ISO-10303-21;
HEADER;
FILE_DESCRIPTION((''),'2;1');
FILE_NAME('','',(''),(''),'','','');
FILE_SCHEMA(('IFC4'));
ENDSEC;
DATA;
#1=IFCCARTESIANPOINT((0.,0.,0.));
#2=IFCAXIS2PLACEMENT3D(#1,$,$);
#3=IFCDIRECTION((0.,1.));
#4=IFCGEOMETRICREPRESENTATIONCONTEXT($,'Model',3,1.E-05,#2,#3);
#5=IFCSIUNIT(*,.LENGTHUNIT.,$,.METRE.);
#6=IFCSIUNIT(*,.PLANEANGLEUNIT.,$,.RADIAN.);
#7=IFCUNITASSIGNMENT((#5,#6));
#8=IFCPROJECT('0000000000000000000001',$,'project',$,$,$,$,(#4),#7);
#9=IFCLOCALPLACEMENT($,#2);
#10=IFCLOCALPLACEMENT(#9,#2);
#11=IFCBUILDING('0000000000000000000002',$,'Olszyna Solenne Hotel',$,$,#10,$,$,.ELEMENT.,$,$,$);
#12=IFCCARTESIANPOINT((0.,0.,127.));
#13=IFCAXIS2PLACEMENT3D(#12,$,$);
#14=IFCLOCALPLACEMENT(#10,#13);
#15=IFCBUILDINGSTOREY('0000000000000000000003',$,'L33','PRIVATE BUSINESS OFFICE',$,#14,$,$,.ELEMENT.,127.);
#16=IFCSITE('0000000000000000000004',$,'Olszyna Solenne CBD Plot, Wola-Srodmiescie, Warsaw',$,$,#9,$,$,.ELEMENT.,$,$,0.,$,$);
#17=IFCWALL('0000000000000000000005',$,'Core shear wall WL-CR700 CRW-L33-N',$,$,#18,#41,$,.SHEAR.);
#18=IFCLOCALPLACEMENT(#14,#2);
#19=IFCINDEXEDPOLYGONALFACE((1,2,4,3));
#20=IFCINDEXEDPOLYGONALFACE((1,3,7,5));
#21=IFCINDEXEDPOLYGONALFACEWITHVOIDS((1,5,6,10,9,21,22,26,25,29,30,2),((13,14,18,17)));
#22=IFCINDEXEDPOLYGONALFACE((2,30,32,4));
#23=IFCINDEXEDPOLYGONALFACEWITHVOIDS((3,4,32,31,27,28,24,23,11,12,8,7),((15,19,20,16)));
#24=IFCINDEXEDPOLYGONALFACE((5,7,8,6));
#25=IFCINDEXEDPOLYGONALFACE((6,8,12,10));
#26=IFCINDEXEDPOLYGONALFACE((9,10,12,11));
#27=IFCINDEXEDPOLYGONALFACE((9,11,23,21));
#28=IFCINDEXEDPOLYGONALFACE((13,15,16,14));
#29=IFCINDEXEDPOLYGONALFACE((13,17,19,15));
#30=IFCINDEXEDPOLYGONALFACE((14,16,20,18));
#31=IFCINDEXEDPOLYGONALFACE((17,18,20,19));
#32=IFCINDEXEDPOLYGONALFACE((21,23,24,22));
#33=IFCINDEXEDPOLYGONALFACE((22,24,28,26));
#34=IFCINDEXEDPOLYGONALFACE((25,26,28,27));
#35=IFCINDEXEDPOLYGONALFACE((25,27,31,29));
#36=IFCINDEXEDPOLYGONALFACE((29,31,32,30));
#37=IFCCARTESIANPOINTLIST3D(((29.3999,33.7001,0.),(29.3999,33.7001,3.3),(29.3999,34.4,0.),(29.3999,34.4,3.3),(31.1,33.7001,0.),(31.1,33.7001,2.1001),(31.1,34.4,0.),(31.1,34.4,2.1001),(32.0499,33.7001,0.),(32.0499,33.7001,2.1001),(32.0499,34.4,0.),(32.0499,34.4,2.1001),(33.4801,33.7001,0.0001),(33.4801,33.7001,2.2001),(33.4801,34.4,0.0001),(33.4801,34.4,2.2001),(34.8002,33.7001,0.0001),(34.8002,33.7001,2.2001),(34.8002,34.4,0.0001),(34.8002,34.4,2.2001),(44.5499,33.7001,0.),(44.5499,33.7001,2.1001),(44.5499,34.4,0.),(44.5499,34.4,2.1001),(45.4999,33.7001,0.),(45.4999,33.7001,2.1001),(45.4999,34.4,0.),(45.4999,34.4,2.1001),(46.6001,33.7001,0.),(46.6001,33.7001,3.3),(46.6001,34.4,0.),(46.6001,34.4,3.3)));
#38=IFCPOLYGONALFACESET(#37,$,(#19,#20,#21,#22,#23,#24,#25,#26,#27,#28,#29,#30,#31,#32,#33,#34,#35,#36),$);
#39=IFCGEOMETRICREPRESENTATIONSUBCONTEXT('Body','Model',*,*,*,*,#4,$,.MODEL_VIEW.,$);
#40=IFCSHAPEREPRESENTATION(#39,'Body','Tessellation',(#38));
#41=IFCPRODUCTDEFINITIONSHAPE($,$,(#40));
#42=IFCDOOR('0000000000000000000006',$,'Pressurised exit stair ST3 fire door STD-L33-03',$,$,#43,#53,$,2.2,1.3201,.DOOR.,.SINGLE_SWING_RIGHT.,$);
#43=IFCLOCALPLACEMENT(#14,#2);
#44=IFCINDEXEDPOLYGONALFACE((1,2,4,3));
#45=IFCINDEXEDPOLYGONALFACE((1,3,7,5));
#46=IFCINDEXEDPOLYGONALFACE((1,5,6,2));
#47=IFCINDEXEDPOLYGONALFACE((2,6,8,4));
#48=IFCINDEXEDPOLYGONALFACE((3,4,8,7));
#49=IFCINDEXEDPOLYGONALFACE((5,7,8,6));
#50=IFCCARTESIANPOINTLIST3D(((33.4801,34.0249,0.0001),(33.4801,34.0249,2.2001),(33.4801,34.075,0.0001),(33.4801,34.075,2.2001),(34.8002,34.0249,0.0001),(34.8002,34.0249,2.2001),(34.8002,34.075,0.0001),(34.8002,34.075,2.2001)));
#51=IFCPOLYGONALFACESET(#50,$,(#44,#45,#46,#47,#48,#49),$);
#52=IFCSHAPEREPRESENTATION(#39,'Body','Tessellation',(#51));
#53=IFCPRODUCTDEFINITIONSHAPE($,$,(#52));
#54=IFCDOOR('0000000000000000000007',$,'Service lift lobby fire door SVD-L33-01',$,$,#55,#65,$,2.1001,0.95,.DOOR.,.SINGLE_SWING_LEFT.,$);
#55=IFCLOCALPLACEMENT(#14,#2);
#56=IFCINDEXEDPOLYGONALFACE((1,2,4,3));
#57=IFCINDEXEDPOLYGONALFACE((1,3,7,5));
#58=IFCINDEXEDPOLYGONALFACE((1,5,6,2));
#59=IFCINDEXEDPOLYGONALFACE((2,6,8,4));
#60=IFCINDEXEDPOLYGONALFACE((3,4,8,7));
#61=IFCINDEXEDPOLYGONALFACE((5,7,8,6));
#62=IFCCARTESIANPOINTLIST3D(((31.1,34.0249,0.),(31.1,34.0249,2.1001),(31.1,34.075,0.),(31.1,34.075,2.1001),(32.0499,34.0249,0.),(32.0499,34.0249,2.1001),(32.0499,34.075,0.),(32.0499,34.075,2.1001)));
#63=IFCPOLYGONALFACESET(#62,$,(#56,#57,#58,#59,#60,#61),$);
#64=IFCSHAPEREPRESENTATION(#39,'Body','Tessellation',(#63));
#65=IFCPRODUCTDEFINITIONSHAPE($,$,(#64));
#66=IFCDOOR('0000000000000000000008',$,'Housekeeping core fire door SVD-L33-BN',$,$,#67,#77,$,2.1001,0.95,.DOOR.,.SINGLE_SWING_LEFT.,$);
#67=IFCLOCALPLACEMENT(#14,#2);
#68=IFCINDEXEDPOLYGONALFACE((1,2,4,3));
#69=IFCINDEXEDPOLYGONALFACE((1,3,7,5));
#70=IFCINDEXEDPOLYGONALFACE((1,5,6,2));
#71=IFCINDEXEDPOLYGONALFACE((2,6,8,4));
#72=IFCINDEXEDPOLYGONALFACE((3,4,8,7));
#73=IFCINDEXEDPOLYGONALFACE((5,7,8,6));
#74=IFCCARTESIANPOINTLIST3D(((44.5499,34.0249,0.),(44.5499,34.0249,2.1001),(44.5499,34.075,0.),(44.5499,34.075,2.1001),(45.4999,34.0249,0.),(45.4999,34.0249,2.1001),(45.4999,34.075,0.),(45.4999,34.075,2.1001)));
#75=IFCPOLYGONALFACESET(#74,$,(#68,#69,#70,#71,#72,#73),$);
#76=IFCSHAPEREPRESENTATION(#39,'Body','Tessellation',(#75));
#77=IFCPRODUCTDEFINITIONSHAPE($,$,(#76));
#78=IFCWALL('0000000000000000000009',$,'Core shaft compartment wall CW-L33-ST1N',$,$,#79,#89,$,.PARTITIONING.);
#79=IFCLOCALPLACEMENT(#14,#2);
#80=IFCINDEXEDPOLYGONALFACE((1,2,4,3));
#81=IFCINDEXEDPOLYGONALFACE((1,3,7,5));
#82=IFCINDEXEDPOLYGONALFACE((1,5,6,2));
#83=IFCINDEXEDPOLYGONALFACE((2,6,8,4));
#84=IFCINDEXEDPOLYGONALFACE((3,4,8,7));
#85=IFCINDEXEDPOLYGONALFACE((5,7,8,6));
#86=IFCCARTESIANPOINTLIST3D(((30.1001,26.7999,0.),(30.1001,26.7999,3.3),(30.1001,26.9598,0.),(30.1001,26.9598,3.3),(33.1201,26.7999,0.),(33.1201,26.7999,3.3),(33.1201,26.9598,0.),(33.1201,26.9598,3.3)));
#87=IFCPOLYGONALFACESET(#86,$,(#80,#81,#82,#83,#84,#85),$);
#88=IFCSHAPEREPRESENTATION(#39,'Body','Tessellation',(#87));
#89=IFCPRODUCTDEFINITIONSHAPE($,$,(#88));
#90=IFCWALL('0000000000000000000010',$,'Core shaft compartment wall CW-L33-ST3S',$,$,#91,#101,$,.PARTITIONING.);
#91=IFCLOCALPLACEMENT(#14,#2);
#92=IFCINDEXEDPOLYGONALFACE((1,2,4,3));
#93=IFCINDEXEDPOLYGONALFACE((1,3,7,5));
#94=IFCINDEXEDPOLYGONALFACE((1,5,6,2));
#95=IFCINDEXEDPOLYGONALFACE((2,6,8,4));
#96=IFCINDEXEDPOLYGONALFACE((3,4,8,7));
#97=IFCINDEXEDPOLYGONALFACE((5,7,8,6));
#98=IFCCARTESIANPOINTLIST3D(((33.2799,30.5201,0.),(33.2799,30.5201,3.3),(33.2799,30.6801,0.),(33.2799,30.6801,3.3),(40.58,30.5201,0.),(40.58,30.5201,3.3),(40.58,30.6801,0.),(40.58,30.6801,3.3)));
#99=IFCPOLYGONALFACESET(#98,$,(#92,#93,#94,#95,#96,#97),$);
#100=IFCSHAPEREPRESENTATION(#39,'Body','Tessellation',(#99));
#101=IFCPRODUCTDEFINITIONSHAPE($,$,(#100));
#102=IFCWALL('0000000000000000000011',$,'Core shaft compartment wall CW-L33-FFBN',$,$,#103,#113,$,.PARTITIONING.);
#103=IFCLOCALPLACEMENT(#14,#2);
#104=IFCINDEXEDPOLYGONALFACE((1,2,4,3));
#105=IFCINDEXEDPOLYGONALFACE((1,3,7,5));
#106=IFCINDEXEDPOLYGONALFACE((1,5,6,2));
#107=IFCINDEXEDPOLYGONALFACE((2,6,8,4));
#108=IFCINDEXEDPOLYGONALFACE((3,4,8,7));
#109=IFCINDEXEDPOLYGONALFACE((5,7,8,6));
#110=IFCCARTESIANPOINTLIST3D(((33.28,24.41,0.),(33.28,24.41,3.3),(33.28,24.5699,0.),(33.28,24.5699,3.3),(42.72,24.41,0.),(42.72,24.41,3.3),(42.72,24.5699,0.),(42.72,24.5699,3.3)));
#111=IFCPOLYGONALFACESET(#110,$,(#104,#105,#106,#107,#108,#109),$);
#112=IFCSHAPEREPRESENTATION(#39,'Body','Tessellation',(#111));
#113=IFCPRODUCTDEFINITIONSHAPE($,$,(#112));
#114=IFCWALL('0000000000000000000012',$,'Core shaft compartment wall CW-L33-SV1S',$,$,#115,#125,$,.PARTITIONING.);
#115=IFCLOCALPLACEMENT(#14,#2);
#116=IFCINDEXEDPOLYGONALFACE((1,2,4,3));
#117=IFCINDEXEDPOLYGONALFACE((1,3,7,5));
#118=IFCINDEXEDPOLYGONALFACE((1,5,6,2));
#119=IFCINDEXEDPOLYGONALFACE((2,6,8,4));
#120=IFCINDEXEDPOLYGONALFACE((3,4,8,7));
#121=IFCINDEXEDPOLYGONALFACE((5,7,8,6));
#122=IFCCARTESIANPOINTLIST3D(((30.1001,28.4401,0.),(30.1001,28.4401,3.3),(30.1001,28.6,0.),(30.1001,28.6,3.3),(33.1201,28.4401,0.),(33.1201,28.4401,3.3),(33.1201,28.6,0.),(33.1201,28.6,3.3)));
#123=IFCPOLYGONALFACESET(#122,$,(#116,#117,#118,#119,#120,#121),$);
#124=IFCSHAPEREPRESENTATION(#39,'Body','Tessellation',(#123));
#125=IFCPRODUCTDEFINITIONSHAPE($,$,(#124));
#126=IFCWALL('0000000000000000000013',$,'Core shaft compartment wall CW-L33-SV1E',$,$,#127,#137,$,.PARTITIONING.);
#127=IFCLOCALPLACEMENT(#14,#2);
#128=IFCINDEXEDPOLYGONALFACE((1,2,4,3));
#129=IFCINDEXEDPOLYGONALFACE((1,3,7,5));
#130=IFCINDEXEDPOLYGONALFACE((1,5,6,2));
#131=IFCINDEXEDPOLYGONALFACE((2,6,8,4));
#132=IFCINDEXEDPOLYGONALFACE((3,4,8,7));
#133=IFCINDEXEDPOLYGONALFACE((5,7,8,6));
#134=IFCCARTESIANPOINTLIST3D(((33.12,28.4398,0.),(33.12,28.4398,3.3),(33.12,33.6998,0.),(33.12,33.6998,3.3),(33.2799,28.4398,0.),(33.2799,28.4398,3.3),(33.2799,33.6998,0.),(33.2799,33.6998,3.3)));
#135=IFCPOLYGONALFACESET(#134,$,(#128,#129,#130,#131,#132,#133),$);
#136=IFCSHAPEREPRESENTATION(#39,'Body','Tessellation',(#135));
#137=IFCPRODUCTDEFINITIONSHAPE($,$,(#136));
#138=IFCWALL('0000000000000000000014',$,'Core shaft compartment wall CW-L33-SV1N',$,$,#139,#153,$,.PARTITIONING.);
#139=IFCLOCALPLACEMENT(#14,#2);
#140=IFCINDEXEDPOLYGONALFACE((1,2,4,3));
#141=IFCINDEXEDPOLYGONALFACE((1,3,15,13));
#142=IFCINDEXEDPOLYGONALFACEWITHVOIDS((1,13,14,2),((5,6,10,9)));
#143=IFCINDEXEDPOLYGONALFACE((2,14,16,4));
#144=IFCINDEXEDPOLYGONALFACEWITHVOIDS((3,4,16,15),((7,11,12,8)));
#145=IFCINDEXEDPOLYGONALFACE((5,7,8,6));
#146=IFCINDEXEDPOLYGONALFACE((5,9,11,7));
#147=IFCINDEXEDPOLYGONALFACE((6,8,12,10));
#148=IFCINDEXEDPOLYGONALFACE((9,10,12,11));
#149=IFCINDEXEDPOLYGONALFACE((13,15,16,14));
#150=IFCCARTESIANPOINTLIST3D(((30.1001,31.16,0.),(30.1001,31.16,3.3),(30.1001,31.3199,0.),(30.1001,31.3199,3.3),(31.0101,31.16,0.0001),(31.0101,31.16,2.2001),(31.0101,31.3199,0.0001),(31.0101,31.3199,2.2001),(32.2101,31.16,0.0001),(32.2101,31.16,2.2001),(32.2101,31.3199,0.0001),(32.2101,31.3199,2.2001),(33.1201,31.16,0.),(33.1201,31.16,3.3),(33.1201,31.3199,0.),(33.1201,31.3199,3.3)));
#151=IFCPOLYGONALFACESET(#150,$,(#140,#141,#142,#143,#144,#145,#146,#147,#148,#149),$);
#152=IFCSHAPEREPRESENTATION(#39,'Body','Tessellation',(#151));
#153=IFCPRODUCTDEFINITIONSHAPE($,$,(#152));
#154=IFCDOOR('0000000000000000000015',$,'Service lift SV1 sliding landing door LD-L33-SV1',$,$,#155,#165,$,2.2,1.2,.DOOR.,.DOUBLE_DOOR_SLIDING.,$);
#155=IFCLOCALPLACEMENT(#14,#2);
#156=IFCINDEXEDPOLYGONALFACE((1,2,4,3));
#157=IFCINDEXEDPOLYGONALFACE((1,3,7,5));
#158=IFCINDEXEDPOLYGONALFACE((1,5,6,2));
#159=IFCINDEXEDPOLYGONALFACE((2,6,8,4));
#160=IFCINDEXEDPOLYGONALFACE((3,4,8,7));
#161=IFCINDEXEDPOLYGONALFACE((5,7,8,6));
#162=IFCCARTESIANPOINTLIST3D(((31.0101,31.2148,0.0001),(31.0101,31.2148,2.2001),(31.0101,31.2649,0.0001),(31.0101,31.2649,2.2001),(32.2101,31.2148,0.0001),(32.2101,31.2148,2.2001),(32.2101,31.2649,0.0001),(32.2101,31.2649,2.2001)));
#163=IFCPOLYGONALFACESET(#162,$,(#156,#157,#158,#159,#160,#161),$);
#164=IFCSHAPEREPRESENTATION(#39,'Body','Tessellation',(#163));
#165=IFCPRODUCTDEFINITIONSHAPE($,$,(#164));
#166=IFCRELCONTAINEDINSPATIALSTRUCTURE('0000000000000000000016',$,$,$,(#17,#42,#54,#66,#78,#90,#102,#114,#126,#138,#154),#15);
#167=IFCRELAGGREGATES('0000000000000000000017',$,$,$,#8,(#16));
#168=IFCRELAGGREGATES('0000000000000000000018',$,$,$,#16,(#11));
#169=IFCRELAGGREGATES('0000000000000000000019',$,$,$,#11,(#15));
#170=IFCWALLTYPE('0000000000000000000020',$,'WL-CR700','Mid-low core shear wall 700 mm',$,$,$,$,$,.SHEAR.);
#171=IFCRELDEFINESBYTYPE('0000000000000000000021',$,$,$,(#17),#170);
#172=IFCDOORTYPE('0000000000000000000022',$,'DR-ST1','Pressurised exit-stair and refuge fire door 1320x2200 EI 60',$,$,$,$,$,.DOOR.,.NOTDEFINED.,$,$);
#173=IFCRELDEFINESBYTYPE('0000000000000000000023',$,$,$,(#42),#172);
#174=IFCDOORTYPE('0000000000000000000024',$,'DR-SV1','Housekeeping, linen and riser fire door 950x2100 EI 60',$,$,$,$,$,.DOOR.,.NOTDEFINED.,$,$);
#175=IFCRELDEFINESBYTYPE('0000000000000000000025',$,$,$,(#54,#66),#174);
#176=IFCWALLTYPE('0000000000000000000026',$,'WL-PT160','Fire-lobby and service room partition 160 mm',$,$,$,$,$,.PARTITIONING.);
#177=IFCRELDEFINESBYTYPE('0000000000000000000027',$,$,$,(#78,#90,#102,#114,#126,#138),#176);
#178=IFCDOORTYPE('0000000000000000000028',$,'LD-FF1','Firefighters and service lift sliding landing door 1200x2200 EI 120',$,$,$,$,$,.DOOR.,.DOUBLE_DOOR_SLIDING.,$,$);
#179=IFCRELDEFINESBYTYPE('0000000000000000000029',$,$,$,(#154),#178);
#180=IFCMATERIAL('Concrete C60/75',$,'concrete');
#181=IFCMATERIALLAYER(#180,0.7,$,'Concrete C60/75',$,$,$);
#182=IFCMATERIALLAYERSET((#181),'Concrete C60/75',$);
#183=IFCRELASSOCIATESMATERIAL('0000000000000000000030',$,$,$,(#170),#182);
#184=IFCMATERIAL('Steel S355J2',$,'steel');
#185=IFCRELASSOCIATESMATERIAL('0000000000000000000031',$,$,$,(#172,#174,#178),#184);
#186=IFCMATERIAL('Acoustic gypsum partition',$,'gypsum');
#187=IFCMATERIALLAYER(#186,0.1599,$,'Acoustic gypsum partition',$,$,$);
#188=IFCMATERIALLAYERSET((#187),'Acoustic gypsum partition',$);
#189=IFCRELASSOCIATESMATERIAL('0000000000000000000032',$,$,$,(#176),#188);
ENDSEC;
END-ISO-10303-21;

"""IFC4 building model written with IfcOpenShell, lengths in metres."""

from ifc_helpers import new_model, si_unit, direction, frame, frame_2d, origin, place, context, subcontext, project, spatial, rectangle, extrude, source, transform, mapped, material, layer, layer_set, type_object, type_shapes, element, fill, save


model = new_model("IFC4")

# Units and contexts
model_context = context("Model", 3, precision=1e-05, world=origin(), true_north=direction((0.0, 1.0)))
body_context = subcontext(model_context, "Body", "Model", "MODEL_VIEW")
ifc_project = project(units=[si_unit("LENGTHUNIT", "METRE"), si_unit("PLANEANGLEUNIT", "RADIAN")], contexts=[model_context])

# Site, building, storey
site_placement = place(None, origin())
site = spatial("IfcSite", under=ifc_project, at=site_placement, Name="Olszyna Solenne CBD Plot, Wola-Srodmiescie, Warsaw", CompositionType="ELEMENT", RefElevation=0.0)
building_placement = place(site_placement, origin())
building = spatial("IfcBuilding", under=site, at=building_placement, Name="Olszyna Solenne Hotel", CompositionType="ELEMENT")
storey_placement = place(building_placement, frame((0.0, 0.0, 127.0)))
storey = spatial("IfcBuildingStorey", under=building, at=storey_placement, Name="L33", Description="PRIVATE BUSINESS OFFICE", CompositionType="ELEMENT", Elevation=127.0)

# Wall, openings, doors
ifc_material_1 = material(Name="Concrete C60/75", Category="concrete")
ifc_layer_1 = layer(ifc_material_1, 0.7, Name="Concrete C60/75")
ifc_layer_set_1 = layer_set([ifc_layer_1], Name="Concrete C60/75")
wall_type_1 = type_object("IfcWallType", Name="WL-CR700", Description="Mid-low core shear wall 700 mm", PredefinedType="SHEAR", material=ifc_layer_set_1)
wall_1_placement = place(storey_placement, frame((29.3999, 34.05, 0.0), z_axis=(0.0, 0.0, 1.0), x_axis=(1.0, 0.0, 0.0)))
wall_1 = element("IfcWall", 1, at=wall_1_placement, inside=storey, type_object=wall_type_1, Name="Core shear wall WL-CR700 CRW-L33-N", PredefinedType="SHEAR", context=body_context, shape_type="SweptSolid", body=[
    extrude(rectangle(XDim=17.2002, YDim=0.7, at=frame_2d((8.6001, 0.0))), origin(), (0.0, 0.0, 1.0), 3.3),
])
opening_1_placement = place(wall_1_placement, frame((1.7, 0.0, 0.0)))
opening_1 = element("IfcOpeningElement", 2, at=opening_1_placement, cuts=wall_1, PredefinedType="OPENING", context=body_context, shape_type="SweptSolid", body=[
    extrude(rectangle(XDim=0.95, YDim=2.1001, at=frame_2d((0.4751, 1.05))), frame((0.0, 0.3599, 0.0), z_axis=(0.0, -1.0, 0.0), x_axis=(1.0, 0.0, 0.0)), (0.0, 0.0, 1.0), 0.72),
])
opening_2_placement = place(wall_1_placement, frame((4.0801, 0.0, 0.0)))
opening_2 = element("IfcOpeningElement", 3, at=opening_2_placement, cuts=wall_1, PredefinedType="OPENING", context=body_context, shape_type="SweptSolid", body=[
    extrude(rectangle(XDim=1.3201, YDim=2.2, at=frame_2d((0.6602, 1.1001))), frame((0.0, 0.3599, 0.0), z_axis=(0.0, -1.0, 0.0), x_axis=(1.0, 0.0, 0.0)), (0.0, 0.0, 1.0), 0.72),
])
opening_3_placement = place(wall_1_placement, frame((15.1499, 0.0, 0.0)))
opening_3 = element("IfcOpeningElement", 4, at=opening_3_placement, cuts=wall_1, PredefinedType="OPENING", context=body_context, shape_type="SweptSolid", body=[
    extrude(rectangle(XDim=0.95, YDim=2.1001, at=frame_2d((0.4751, 1.05))), frame((0.0, 0.3599, 0.0), z_axis=(0.0, -1.0, 0.0), x_axis=(1.0, 0.0, 0.0)), (0.0, 0.0, 1.0), 0.72),
])
ifc_material_2 = material(Name="Steel S355J2", Category="steel")
door_type_1 = type_object("IfcDoorType", Name="DR-ST1", Description="Pressurised exit-stair and refuge fire door 1320x2200 EI 60", OperationType="NOTDEFINED", PredefinedType="DOOR", material=ifc_material_2)
shared_shape_1 = source(origin(), body_context, "Body", "SweptSolid", [
    extrude(rectangle(XDim=1.3201, YDim=2.2, at=frame_2d((0.6602, 1.1001))), frame((0.0, 0.0249, 0.0), z_axis=(0.0, -1.0, 0.0), x_axis=(1.0, 0.0, 0.0)), (0.0, 0.0, 1.0), 0.05),
])
type_shapes(door_type_1, [shared_shape_1])
door_1_placement = place(opening_2_placement, origin())
door_1 = element("IfcDoor", 5, at=door_1_placement, inside=storey, type_object=door_type_1, Name="Pressurised exit stair ST3 fire door STD-L33-03", OperationType="SINGLE_SWING_RIGHT", OverallHeight=2.2, OverallWidth=1.3201, PredefinedType="DOOR", context=body_context, shape_type="MappedRepresentation", body=[
    mapped(shared_shape_1, transform((0.0, 0.0, 0.0), x_axis=(1.0, 0.0, 0.0), y_axis=(0.0, 1.0, 0.0), z_axis=(0.0, 0.0, 1.0), scale=1.0)),
])
fill(opening_2, door_1)
door_type_2 = type_object("IfcDoorType", Name="DR-SV1", Description="Housekeeping, linen and riser fire door 950x2100 EI 60", OperationType="NOTDEFINED", PredefinedType="DOOR", material=ifc_material_2)
shared_shape_2 = source(origin(), body_context, "Body", "SweptSolid", [
    extrude(rectangle(XDim=0.95, YDim=2.1001, at=frame_2d((0.4751, 1.05))), frame((0.0, 0.0249, 0.0), z_axis=(0.0, -1.0, 0.0), x_axis=(1.0, 0.0, 0.0)), (0.0, 0.0, 1.0), 0.05),
])
type_shapes(door_type_2, [shared_shape_2])
door_2_placement = place(opening_1_placement, origin())
door_2 = element("IfcDoor", 6, at=door_2_placement, inside=storey, type_object=door_type_2, Name="Service lift lobby fire door SVD-L33-01", OperationType="SINGLE_SWING_LEFT", OverallHeight=2.1001, OverallWidth=0.95, PredefinedType="DOOR", context=body_context, shape_type="MappedRepresentation", body=[
    mapped(shared_shape_2, transform((0.0, 0.0, 0.0), x_axis=(1.0, 0.0, 0.0), y_axis=(0.0, 1.0, 0.0), z_axis=(0.0, 0.0, 1.0), scale=1.0)),
])
fill(opening_1, door_2)
door_3_placement = place(opening_3_placement, origin())
door_3 = element("IfcDoor", 7, at=door_3_placement, inside=storey, type_object=door_type_2, Name="Housekeeping core fire door SVD-L33-BN", OperationType="SINGLE_SWING_LEFT", OverallHeight=2.1001, OverallWidth=0.95, PredefinedType="DOOR", context=body_context, shape_type="MappedRepresentation", body=[
    mapped(shared_shape_2, transform((0.0, 0.0, 0.0), x_axis=(1.0, 0.0, 0.0), y_axis=(0.0, 1.0, 0.0), z_axis=(0.0, 0.0, 1.0), scale=1.0)),
])
fill(opening_3, door_3)

# Walls
ifc_material_3 = material(Name="Acoustic gypsum partition", Category="gypsum")
ifc_layer_2 = layer(ifc_material_3, 0.1599, Name="Acoustic gypsum partition")
ifc_layer_set_2 = layer_set([ifc_layer_2], Name="Acoustic gypsum partition")
wall_type_2 = type_object("IfcWallType", Name="WL-PT160", Description="Fire-lobby and service room partition 160 mm", PredefinedType="PARTITIONING", material=ifc_layer_set_2)
wall_2_placement = place(storey_placement, frame((30.1001, 26.8799, 0.0), z_axis=(0.0, 0.0, 1.0), x_axis=(1.0, 0.0, 0.0)))
element("IfcWall", 8, at=wall_2_placement, inside=storey, type_object=wall_type_2, Name="Core shaft compartment wall CW-L33-ST1N", PredefinedType="PARTITIONING", context=body_context, shape_type="SweptSolid", body=[
    extrude(rectangle(XDim=3.02, YDim=0.1599, at=frame_2d((1.51, 0.0))), origin(), (0.0, 0.0, 1.0), 3.3),
])
wall_3_placement = place(storey_placement, frame((33.28, 30.6001, 0.0), z_axis=(0.0, 0.0, 1.0), x_axis=(1.0, 0.0, 0.0)))
element("IfcWall", 9, at=wall_3_placement, inside=storey, type_object=wall_type_2, Name="Core shaft compartment wall CW-L33-ST3S", PredefinedType="PARTITIONING", context=body_context, shape_type="SweptSolid", body=[
    extrude(rectangle(XDim=7.3, YDim=0.1599, at=frame_2d((3.6499, 0.0))), origin(), (0.0, 0.0, 1.0), 3.3),
])
wall_4_placement = place(storey_placement, frame((33.28, 24.49, 0.0), z_axis=(0.0, 0.0, 1.0), x_axis=(1.0, 0.0, 0.0)))
element("IfcWall", 10, at=wall_4_placement, inside=storey, type_object=wall_type_2, Name="Core shaft compartment wall CW-L33-FFBN", PredefinedType="PARTITIONING", context=body_context, shape_type="SweptSolid", body=[
    extrude(rectangle(XDim=9.4399, YDim=0.1599, at=frame_2d((4.72, 0.0))), origin(), (0.0, 0.0, 1.0), 3.3),
])
wall_5_placement = place(storey_placement, frame((30.1001, 28.52, 0.0), z_axis=(0.0, 0.0, 1.0), x_axis=(1.0, 0.0, 0.0)))
element("IfcWall", 11, at=wall_5_placement, inside=storey, type_object=wall_type_2, Name="Core shaft compartment wall CW-L33-SV1S", PredefinedType="PARTITIONING", context=body_context, shape_type="SweptSolid", body=[
    extrude(rectangle(XDim=3.02, YDim=0.1599, at=frame_2d((1.51, 0.0))), origin(), (0.0, 0.0, 1.0), 3.3),
])
wall_6_placement = place(storey_placement, frame((33.2, 28.4399, 0.0), z_axis=(0.0, 0.0, 1.0), x_axis=(0.0, 1.0, 0.0)))
element("IfcWall", 12, at=wall_6_placement, inside=storey, type_object=wall_type_2, Name="Core shaft compartment wall CW-L33-SV1E", PredefinedType="PARTITIONING", context=body_context, shape_type="SweptSolid", body=[
    extrude(rectangle(XDim=5.26, YDim=0.1599, at=frame_2d((2.6299, 0.0))), origin(), (0.0, 0.0, 1.0), 3.3),
])

# Wall, opening, door
wall_7_placement = place(storey_placement, frame((30.1001, 31.24, 0.0), z_axis=(0.0, 0.0, 1.0), x_axis=(1.0, 0.0, 0.0)))
wall_7 = element("IfcWall", 13, at=wall_7_placement, inside=storey, type_object=wall_type_2, Name="Core shaft compartment wall CW-L33-SV1N", PredefinedType="PARTITIONING", context=body_context, shape_type="SweptSolid", body=[
    extrude(rectangle(XDim=3.02, YDim=0.1599, at=frame_2d((1.51, 0.0))), origin(), (0.0, 0.0, 1.0), 3.3),
])
opening_4_placement = place(wall_7_placement, frame((0.9099, 0.0, 0.0)))
opening_4 = element("IfcOpeningElement", 14, at=opening_4_placement, cuts=wall_7, PredefinedType="OPENING", context=body_context, shape_type="SweptSolid", body=[
    extrude(rectangle(XDim=1.2, YDim=2.2, at=frame_2d((0.6001, 1.1001))), frame((0.0, 0.0898, 0.0), z_axis=(0.0, -1.0, 0.0), x_axis=(1.0, 0.0, 0.0)), (0.0, 0.0, 1.0), 0.1799),
])
door_type_3 = type_object("IfcDoorType", Name="LD-FF1", Description="Firefighters and service lift sliding landing door 1200x2200 EI 120", OperationType="DOUBLE_DOOR_SLIDING", PredefinedType="DOOR", material=ifc_material_2)
shared_shape_3 = source(origin(), body_context, "Body", "SweptSolid", [
    extrude(rectangle(XDim=1.2, YDim=2.2, at=frame_2d((0.6001, 1.1001))), frame((0.0, 0.0249, 0.0), z_axis=(0.0, -1.0, 0.0), x_axis=(1.0, 0.0, 0.0)), (0.0, 0.0, 1.0), 0.05),
])
type_shapes(door_type_3, [shared_shape_3])
door_4_placement = place(opening_4_placement, origin())
door_4 = element("IfcDoor", 15, at=door_4_placement, inside=storey, type_object=door_type_3, Name="Service lift SV1 sliding landing door LD-L33-SV1", OperationType="DOUBLE_DOOR_SLIDING", OverallHeight=2.2, OverallWidth=1.2, PredefinedType="DOOR", context=body_context, shape_type="MappedRepresentation", body=[
    mapped(shared_shape_3, transform((0.0, 0.0, 0.0), x_axis=(1.0, 0.0, 0.0), y_axis=(0.0, 1.0, 0.0), z_axis=(0.0, 0.0, 1.0), scale=1.0)),
])
fill(opening_4, door_4)

save(model, "model.ifc")
